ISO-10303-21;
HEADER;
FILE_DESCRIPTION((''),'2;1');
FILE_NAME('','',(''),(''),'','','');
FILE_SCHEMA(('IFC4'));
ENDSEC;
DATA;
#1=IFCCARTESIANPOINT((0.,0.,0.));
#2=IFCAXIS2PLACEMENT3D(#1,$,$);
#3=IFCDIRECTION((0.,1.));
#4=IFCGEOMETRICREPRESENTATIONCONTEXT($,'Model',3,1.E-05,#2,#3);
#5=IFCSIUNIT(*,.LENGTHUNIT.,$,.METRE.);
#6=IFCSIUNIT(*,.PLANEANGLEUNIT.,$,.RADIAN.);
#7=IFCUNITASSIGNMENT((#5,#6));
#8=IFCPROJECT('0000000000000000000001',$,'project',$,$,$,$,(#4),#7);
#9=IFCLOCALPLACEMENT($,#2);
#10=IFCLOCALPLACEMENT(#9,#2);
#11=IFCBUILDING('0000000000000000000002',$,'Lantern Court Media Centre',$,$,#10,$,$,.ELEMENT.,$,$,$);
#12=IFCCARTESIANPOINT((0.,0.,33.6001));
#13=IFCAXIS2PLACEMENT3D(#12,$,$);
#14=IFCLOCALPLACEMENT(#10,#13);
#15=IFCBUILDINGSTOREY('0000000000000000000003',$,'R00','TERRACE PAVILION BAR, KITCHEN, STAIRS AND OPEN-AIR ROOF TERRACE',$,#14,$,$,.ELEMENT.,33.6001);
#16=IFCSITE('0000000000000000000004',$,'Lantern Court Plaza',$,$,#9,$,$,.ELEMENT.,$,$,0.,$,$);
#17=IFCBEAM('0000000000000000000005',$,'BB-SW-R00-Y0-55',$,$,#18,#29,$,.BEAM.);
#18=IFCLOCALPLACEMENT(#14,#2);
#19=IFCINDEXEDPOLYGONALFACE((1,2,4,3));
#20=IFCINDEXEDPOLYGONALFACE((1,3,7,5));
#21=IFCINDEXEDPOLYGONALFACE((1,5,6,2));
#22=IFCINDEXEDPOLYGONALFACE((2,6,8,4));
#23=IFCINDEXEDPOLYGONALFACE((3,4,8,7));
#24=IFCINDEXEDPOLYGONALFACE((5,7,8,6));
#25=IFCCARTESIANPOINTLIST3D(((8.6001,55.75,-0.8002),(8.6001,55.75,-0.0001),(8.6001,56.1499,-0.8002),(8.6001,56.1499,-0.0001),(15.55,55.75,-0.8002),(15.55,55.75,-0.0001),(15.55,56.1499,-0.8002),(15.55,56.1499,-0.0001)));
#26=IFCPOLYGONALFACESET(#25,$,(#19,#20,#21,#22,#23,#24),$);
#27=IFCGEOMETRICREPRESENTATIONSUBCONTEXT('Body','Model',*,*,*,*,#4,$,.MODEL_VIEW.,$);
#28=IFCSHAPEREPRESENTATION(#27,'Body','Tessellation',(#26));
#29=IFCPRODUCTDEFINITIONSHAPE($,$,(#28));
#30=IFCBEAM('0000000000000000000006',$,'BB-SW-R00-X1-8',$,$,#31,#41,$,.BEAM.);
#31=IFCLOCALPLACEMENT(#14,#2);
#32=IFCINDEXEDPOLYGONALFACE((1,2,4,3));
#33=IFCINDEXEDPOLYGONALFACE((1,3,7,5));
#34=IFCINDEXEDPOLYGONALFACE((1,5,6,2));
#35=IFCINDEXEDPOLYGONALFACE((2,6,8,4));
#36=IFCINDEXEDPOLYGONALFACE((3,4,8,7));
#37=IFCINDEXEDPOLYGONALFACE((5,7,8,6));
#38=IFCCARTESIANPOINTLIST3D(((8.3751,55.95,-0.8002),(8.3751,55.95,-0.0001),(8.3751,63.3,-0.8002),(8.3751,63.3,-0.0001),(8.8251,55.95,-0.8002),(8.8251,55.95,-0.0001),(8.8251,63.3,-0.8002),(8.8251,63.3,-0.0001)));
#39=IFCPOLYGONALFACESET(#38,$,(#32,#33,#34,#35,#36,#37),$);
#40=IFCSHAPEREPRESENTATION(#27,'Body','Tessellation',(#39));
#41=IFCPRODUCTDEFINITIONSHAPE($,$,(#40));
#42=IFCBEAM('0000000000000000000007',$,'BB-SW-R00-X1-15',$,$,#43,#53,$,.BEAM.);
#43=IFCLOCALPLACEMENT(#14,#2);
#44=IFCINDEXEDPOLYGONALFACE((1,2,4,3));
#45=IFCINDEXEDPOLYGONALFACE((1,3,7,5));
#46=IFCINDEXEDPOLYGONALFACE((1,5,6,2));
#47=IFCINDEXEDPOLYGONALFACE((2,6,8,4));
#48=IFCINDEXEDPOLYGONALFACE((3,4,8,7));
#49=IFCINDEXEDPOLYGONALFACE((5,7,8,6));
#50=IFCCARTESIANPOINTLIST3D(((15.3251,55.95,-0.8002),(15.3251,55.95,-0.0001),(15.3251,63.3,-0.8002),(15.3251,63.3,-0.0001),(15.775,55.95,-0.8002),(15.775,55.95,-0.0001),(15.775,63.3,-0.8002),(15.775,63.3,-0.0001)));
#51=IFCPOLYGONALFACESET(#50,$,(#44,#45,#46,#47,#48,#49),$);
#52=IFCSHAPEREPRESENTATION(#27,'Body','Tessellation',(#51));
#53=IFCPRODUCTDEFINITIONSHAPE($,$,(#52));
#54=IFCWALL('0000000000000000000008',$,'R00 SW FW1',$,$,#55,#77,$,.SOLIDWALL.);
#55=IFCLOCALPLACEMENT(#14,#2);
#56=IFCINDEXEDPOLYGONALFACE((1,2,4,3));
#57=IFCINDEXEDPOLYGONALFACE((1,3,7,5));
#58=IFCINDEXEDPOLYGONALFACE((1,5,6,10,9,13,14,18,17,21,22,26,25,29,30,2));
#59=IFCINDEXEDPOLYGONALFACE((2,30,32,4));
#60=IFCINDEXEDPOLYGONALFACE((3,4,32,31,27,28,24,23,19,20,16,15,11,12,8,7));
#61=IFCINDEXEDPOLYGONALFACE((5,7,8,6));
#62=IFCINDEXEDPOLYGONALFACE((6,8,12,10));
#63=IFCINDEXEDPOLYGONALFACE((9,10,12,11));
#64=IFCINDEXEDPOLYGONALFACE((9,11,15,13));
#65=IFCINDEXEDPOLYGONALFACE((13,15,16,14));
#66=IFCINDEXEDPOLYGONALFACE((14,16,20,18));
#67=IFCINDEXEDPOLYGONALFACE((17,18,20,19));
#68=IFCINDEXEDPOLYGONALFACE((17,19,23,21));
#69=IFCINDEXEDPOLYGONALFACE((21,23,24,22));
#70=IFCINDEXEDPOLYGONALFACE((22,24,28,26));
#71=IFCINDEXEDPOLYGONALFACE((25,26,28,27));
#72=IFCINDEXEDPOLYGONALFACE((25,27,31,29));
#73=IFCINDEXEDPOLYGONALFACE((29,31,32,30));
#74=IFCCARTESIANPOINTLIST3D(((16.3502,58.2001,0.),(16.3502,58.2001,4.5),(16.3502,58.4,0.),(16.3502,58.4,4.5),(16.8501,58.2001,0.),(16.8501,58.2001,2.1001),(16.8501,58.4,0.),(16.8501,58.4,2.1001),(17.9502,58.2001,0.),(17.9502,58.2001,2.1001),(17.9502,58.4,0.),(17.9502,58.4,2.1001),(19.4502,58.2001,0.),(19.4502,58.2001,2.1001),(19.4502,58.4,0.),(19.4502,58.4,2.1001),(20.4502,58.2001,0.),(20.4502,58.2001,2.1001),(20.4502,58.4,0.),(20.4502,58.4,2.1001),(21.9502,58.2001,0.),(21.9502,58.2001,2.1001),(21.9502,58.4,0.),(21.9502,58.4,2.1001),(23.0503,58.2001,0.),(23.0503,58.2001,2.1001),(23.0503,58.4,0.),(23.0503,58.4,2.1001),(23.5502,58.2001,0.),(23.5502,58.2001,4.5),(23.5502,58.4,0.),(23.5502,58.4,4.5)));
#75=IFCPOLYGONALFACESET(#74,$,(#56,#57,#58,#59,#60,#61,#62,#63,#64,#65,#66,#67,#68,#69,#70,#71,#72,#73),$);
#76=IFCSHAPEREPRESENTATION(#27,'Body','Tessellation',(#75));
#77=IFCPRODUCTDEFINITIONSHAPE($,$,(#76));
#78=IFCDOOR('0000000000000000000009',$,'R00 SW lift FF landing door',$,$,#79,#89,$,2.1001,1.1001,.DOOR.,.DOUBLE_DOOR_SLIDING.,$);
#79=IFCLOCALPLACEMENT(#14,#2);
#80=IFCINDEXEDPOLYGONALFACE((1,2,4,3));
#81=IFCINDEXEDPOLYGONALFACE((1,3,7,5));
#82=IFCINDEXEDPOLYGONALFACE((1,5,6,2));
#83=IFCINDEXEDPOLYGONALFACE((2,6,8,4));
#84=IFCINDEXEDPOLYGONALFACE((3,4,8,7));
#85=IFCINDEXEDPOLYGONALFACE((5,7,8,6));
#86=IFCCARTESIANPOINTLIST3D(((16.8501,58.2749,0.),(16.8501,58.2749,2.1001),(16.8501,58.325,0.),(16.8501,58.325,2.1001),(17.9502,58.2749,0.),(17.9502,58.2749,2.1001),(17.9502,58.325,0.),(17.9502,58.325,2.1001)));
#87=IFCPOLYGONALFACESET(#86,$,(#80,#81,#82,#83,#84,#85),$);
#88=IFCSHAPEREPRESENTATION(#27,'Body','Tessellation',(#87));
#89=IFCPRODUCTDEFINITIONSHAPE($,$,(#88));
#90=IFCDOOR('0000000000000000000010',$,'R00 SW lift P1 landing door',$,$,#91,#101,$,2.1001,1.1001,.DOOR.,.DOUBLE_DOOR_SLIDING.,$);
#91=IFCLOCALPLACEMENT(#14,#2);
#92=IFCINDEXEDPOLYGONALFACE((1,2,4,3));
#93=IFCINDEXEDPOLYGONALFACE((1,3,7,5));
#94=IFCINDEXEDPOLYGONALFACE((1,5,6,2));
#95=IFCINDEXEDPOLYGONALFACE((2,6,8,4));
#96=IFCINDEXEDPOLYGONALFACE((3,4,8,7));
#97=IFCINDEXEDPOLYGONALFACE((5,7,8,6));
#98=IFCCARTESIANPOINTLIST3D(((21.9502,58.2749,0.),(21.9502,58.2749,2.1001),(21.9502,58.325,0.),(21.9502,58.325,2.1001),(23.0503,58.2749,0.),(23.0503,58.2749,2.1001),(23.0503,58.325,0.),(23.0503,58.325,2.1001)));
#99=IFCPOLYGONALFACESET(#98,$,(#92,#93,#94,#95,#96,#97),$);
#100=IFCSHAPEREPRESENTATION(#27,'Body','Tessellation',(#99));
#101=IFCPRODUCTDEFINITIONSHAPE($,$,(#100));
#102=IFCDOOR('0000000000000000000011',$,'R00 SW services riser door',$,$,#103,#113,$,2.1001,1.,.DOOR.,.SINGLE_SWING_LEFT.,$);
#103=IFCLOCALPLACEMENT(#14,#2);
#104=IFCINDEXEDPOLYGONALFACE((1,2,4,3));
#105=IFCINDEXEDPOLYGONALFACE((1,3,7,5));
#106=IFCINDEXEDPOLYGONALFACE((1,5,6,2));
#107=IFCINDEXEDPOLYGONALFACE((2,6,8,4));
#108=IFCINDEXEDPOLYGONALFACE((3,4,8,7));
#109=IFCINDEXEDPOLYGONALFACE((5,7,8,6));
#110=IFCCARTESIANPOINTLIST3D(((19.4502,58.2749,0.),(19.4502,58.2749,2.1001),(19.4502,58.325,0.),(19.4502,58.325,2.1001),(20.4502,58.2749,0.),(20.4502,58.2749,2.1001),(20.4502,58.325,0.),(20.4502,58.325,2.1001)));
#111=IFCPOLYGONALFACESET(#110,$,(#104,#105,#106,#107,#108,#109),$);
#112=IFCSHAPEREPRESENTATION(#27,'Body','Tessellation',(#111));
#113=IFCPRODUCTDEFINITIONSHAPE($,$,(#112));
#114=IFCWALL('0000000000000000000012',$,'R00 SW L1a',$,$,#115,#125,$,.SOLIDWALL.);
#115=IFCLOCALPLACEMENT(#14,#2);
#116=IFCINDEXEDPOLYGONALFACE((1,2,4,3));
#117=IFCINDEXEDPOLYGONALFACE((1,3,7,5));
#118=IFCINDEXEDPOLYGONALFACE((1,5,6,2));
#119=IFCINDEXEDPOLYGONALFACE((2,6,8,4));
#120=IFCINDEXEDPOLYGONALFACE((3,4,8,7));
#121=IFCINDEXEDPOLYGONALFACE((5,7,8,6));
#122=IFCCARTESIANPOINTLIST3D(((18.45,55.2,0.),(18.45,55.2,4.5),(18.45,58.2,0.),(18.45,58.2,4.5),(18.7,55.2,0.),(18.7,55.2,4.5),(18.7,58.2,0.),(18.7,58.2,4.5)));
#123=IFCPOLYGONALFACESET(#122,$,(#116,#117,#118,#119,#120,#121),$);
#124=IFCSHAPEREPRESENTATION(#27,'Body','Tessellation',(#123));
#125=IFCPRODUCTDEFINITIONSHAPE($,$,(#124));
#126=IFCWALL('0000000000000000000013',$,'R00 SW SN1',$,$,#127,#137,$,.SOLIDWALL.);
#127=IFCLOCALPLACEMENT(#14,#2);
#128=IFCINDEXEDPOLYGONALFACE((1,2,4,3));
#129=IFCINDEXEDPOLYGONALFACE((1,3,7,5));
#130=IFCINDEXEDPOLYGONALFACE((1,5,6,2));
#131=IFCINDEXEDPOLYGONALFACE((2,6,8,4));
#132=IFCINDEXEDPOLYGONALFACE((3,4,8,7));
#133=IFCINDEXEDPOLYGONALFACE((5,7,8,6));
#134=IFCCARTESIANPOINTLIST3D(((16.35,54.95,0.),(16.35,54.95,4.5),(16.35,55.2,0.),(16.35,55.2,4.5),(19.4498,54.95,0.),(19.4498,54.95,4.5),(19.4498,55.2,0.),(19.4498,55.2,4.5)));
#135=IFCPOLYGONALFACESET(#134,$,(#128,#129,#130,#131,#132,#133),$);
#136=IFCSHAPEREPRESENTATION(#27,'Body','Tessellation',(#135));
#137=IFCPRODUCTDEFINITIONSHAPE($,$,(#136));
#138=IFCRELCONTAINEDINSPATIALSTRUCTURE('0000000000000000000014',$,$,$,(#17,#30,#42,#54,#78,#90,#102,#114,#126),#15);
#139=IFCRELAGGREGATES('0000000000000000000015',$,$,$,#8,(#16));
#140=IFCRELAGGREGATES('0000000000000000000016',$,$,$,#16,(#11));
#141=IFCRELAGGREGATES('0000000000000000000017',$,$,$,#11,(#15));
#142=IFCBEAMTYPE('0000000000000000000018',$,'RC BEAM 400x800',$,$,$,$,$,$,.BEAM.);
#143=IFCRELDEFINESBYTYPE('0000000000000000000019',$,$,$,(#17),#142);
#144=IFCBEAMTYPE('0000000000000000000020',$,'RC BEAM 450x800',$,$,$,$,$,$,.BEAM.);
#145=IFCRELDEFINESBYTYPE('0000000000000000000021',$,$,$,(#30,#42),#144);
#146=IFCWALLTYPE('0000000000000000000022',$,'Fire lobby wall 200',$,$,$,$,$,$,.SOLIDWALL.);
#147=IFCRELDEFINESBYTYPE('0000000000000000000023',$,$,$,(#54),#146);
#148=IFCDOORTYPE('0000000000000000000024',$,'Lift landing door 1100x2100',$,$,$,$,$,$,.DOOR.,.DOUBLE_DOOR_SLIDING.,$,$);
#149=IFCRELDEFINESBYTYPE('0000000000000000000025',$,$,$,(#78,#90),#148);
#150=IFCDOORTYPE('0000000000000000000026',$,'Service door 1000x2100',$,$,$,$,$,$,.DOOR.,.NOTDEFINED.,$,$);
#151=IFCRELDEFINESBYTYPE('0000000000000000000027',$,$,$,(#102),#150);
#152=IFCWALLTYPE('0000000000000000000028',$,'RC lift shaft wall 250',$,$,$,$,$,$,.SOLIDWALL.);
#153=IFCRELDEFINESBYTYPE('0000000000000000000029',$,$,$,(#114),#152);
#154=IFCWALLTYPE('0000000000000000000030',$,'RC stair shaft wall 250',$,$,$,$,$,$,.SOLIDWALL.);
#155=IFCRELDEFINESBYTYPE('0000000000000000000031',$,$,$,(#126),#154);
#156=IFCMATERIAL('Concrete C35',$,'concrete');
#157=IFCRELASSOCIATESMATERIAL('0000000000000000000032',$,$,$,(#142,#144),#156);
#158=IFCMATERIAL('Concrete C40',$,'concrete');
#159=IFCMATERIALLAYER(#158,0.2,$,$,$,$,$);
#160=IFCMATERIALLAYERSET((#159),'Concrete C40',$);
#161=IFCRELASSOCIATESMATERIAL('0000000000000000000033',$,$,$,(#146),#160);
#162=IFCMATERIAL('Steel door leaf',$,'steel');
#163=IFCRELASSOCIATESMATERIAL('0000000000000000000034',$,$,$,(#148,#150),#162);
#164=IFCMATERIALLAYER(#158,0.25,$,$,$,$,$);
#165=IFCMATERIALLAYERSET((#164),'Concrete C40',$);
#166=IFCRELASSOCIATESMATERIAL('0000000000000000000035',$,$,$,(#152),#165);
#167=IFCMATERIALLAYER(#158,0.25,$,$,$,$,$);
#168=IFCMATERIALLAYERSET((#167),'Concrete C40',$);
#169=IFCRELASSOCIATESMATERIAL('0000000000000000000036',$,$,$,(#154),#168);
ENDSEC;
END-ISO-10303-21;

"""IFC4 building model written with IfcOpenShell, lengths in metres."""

from ifc_helpers import new_model, si_unit, direction, frame, frame_2d, origin, origin_2d, place, context, subcontext, project, spatial, rectangle, extrude, material, layer, layer_set, material_profile, profile_set, type_object, element, fill, save


model = new_model("IFC4")

# Units and contexts
model_context = context("Model", 3, precision=1e-05, world=origin(), true_north=direction((0.0, 1.0)))
body_context = subcontext(model_context, "Body", "Model", "MODEL_VIEW")
ifc_project = project(units=[si_unit("LENGTHUNIT", "METRE"), si_unit("PLANEANGLEUNIT", "RADIAN")], contexts=[model_context])

# Site, building, storey
site_placement = place(None, origin())
site = spatial("IfcSite", under=ifc_project, at=site_placement, Name="Lantern Court Plaza", CompositionType="ELEMENT", RefElevation=0.0)
building_placement = place(site_placement, origin())
building = spatial("IfcBuilding", under=site, at=building_placement, Name="Lantern Court Media Centre", CompositionType="ELEMENT")
storey_placement = place(building_placement, frame((0.0, 0.0, 33.6001)))
storey = spatial("IfcBuildingStorey", under=building, at=storey_placement, Name="R00", Description="TERRACE PAVILION BAR, KITCHEN, STAIRS AND OPEN-AIR ROOF TERRACE", CompositionType="ELEMENT", Elevation=33.6001)

# Beams
ifc_material_1 = material(Name="Concrete C35", Category="concrete")
ifc_material_profile_1 = material_profile(ifc_material_1, rectangle(XDim=0.3999, YDim=0.8, at=origin_2d()), Name="RC 400x800")
ifc_profile_set_1 = profile_set([ifc_material_profile_1], Name="Concrete C35")
beam_type_1 = type_object("IfcBeamType", Name="RC BEAM 400x800", PredefinedType="BEAM", material=ifc_profile_set_1)
beam_placement = place(storey_placement, frame((8.6001, 55.95, -0.4001), z_axis=(1.0, 0.0, 0.0), x_axis=(0.0, 1.0, 0.0)))
element("IfcBeam", 1, at=beam_placement, inside=storey, type_object=beam_type_1, Name="BB-SW-R00-Y0-55", PredefinedType="BEAM", context=body_context, shape_type="SweptSolid", body=[
    extrude(rectangle(XDim=0.3999, YDim=0.8, at=origin_2d()), origin(), (0.0, 0.0, 1.0), 6.95),
])
ifc_material_profile_2 = material_profile(ifc_material_1, rectangle(XDim=0.45, YDim=0.8, at=origin_2d()), Name="RC 450x800")
ifc_profile_set_2 = profile_set([ifc_material_profile_2], Name="Concrete C35")
beam_type_2 = type_object("IfcBeamType", Name="RC BEAM 450x800", PredefinedType="BEAM", material=ifc_profile_set_2)
for number, where, z_axis, x_axis, name in (
    (2, (8.6001, 55.95, -0.4001), (0.0, 1.0, 0.0), (-1.0, 0.0, 0.0), "BB-SW-R00-X1-8"),
    (3, (15.55, 55.95, -0.4001), (0.0, 1.0, 0.0), (-1.0, 0.0, 0.0), "BB-SW-R00-X1-15"),
):
    element("IfcBeam", number, at=place(storey_placement, frame(where, z_axis=z_axis, x_axis=x_axis)), inside=storey, type_object=beam_type_2, Name=name, PredefinedType="BEAM", context=body_context, shape_type="SweptSolid", body=[
        extrude(rectangle(XDim=0.45, YDim=0.8, at=origin_2d()), origin(), (0.0, 0.0, 1.0), 7.3501),
    ])

# Wall, openings, doors
ifc_material_2 = material(Name="Concrete C40", Category="concrete")
ifc_layer_1 = layer(ifc_material_2, 0.2)
ifc_layer_set_1 = layer_set([ifc_layer_1], Name="Concrete C40")
wall_type_1 = type_object("IfcWallType", Name="Fire lobby wall 200", PredefinedType="SOLIDWALL", material=ifc_layer_set_1)
wall_1_placement = place(storey_placement, frame((16.3501, 58.3, 0.0), z_axis=(0.0, 0.0, 1.0), x_axis=(1.0, 0.0, 0.0)))
wall_1 = element("IfcWall", 4, at=wall_1_placement, inside=storey, type_object=wall_type_1, Name="R00 SW FW1", PredefinedType="SOLIDWALL", context=body_context, shape_type="SweptSolid", body=[
    extrude(rectangle(XDim=7.2, YDim=0.2, at=frame_2d((3.6001, 0.0))), origin(), (0.0, 0.0, 1.0), 4.5),
])
opening_1_placement = place(wall_1_placement, frame((0.5, 0.0, 0.0)))
opening_1 = element("IfcOpeningElement", 5, at=opening_1_placement, cuts=wall_1, PredefinedType="OPENING", context=body_context, shape_type="SweptSolid", body=[
    extrude(rectangle(XDim=1.1001, YDim=2.1001, at=frame_2d((0.55, 1.05))), frame((0.0, 0.1099, 0.0), z_axis=(0.0, -1.0, 0.0), x_axis=(1.0, 0.0, 0.0)), (0.0, 0.0, 1.0), 0.22),
])
opening_2_placement = place(wall_1_placement, frame((5.6001, 0.0, 0.0)))
opening_2 = element("IfcOpeningElement", 6, at=opening_2_placement, cuts=wall_1, PredefinedType="OPENING", context=body_context, shape_type="SweptSolid", body=[
    extrude(rectangle(XDim=1.1001, YDim=2.1001, at=frame_2d((0.55, 1.05))), frame((0.0, 0.1099, 0.0), z_axis=(0.0, -1.0, 0.0), x_axis=(1.0, 0.0, 0.0)), (0.0, 0.0, 1.0), 0.22),
])
opening_3_placement = place(wall_1_placement, frame((3.1001, 0.0, 0.0)))
opening_3 = element("IfcOpeningElement", 7, at=opening_3_placement, cuts=wall_1, PredefinedType="OPENING", context=body_context, shape_type="SweptSolid", body=[
    extrude(rectangle(XDim=1.0, YDim=2.1001, at=frame_2d((0.5, 1.05))), frame((0.0, 0.1099, 0.0), z_axis=(0.0, -1.0, 0.0), x_axis=(1.0, 0.0, 0.0)), (0.0, 0.0, 1.0), 0.22),
])
ifc_material_3 = material(Name="Steel door leaf", Category="steel")
door_type_1 = type_object("IfcDoorType", Name="Lift landing door 1100x2100", OperationType="DOUBLE_DOOR_SLIDING", PredefinedType="DOOR", material=ifc_material_3)
door_1_placement = place(opening_1_placement, origin())
door_1 = element("IfcDoor", 8, at=door_1_placement, inside=storey, type_object=door_type_1, Name="R00 SW lift FF landing door", OperationType="DOUBLE_DOOR_SLIDING", OverallHeight=2.1001, OverallWidth=1.1001, PredefinedType="DOOR", context=body_context, shape_type="SweptSolid", body=[
    extrude(rectangle(XDim=1.1001, YDim=2.1001, at=frame_2d((0.55, 1.05))), frame((0.0, 0.0249, 0.0), z_axis=(0.0, -1.0, 0.0), x_axis=(1.0, 0.0, 0.0)), (0.0, 0.0, 1.0), 0.05),
])
fill(opening_1, door_1)
door_2_placement = place(opening_2_placement, origin())
door_2 = element("IfcDoor", 9, at=door_2_placement, inside=storey, type_object=door_type_1, Name="R00 SW lift P1 landing door", OperationType="DOUBLE_DOOR_SLIDING", OverallHeight=2.1001, OverallWidth=1.1001, PredefinedType="DOOR", context=body_context, shape_type="SweptSolid", body=[
    extrude(rectangle(XDim=1.1001, YDim=2.1001, at=frame_2d((0.55, 1.05))), frame((0.0, 0.0249, 0.0), z_axis=(0.0, -1.0, 0.0), x_axis=(1.0, 0.0, 0.0)), (0.0, 0.0, 1.0), 0.05),
])
fill(opening_2, door_2)
door_type_2 = type_object("IfcDoorType", Name="Service door 1000x2100", OperationType="NOTDEFINED", PredefinedType="DOOR", material=ifc_material_3)
door_3_placement = place(opening_3_placement, origin())
door_3 = element("IfcDoor", 10, at=door_3_placement, inside=storey, type_object=door_type_2, Name="R00 SW services riser door", OperationType="SINGLE_SWING_LEFT", OverallHeight=2.1001, OverallWidth=1.0, PredefinedType="DOOR", context=body_context, shape_type="SweptSolid", body=[
    extrude(rectangle(XDim=1.0, YDim=2.1001, at=frame_2d((0.5, 1.05))), frame((0.0, 0.0249, 0.0), z_axis=(0.0, -1.0, 0.0), x_axis=(1.0, 0.0, 0.0)), (0.0, 0.0, 1.0), 0.05),
])
fill(opening_3, door_3)

# Walls
ifc_layer_2 = layer(ifc_material_2, 0.25)
ifc_layer_set_2 = layer_set([ifc_layer_2], Name="Concrete C40")
wall_type_2 = type_object("IfcWallType", Name="RC lift shaft wall 250", PredefinedType="SOLIDWALL", material=ifc_layer_set_2)
wall_2_placement = place(storey_placement, frame((18.575, 55.2, 0.0), z_axis=(0.0, 0.0, 1.0), x_axis=(0.0, 1.0, 0.0)))
element("IfcWall", 11, at=wall_2_placement, inside=storey, type_object=wall_type_2, Name="R00 SW L1a", PredefinedType="SOLIDWALL", context=body_context, shape_type="SweptSolid", body=[
    extrude(rectangle(XDim=3.0, YDim=0.25, at=frame_2d((1.5, 0.0))), origin(), (0.0, 0.0, 1.0), 4.5),
])
ifc_layer_3 = layer(ifc_material_2, 0.25)
ifc_layer_set_3 = layer_set([ifc_layer_3], Name="Concrete C40")
wall_type_3 = type_object("IfcWallType", Name="RC stair shaft wall 250", PredefinedType="SOLIDWALL", material=ifc_layer_set_3)
wall_3_placement = place(storey_placement, frame((16.3501, 55.075, 0.0), z_axis=(0.0, 0.0, 1.0), x_axis=(1.0, 0.0, 0.0)))
element("IfcWall", 12, at=wall_3_placement, inside=storey, type_object=wall_type_3, Name="R00 SW SN1", PredefinedType="SOLIDWALL", context=body_context, shape_type="SweptSolid", body=[
    extrude(rectangle(XDim=3.0999, YDim=0.25, at=frame_2d((1.5498, 0.0))), origin(), (0.0, 0.0, 1.0), 4.5),
])

save(model, "model.ifc")
